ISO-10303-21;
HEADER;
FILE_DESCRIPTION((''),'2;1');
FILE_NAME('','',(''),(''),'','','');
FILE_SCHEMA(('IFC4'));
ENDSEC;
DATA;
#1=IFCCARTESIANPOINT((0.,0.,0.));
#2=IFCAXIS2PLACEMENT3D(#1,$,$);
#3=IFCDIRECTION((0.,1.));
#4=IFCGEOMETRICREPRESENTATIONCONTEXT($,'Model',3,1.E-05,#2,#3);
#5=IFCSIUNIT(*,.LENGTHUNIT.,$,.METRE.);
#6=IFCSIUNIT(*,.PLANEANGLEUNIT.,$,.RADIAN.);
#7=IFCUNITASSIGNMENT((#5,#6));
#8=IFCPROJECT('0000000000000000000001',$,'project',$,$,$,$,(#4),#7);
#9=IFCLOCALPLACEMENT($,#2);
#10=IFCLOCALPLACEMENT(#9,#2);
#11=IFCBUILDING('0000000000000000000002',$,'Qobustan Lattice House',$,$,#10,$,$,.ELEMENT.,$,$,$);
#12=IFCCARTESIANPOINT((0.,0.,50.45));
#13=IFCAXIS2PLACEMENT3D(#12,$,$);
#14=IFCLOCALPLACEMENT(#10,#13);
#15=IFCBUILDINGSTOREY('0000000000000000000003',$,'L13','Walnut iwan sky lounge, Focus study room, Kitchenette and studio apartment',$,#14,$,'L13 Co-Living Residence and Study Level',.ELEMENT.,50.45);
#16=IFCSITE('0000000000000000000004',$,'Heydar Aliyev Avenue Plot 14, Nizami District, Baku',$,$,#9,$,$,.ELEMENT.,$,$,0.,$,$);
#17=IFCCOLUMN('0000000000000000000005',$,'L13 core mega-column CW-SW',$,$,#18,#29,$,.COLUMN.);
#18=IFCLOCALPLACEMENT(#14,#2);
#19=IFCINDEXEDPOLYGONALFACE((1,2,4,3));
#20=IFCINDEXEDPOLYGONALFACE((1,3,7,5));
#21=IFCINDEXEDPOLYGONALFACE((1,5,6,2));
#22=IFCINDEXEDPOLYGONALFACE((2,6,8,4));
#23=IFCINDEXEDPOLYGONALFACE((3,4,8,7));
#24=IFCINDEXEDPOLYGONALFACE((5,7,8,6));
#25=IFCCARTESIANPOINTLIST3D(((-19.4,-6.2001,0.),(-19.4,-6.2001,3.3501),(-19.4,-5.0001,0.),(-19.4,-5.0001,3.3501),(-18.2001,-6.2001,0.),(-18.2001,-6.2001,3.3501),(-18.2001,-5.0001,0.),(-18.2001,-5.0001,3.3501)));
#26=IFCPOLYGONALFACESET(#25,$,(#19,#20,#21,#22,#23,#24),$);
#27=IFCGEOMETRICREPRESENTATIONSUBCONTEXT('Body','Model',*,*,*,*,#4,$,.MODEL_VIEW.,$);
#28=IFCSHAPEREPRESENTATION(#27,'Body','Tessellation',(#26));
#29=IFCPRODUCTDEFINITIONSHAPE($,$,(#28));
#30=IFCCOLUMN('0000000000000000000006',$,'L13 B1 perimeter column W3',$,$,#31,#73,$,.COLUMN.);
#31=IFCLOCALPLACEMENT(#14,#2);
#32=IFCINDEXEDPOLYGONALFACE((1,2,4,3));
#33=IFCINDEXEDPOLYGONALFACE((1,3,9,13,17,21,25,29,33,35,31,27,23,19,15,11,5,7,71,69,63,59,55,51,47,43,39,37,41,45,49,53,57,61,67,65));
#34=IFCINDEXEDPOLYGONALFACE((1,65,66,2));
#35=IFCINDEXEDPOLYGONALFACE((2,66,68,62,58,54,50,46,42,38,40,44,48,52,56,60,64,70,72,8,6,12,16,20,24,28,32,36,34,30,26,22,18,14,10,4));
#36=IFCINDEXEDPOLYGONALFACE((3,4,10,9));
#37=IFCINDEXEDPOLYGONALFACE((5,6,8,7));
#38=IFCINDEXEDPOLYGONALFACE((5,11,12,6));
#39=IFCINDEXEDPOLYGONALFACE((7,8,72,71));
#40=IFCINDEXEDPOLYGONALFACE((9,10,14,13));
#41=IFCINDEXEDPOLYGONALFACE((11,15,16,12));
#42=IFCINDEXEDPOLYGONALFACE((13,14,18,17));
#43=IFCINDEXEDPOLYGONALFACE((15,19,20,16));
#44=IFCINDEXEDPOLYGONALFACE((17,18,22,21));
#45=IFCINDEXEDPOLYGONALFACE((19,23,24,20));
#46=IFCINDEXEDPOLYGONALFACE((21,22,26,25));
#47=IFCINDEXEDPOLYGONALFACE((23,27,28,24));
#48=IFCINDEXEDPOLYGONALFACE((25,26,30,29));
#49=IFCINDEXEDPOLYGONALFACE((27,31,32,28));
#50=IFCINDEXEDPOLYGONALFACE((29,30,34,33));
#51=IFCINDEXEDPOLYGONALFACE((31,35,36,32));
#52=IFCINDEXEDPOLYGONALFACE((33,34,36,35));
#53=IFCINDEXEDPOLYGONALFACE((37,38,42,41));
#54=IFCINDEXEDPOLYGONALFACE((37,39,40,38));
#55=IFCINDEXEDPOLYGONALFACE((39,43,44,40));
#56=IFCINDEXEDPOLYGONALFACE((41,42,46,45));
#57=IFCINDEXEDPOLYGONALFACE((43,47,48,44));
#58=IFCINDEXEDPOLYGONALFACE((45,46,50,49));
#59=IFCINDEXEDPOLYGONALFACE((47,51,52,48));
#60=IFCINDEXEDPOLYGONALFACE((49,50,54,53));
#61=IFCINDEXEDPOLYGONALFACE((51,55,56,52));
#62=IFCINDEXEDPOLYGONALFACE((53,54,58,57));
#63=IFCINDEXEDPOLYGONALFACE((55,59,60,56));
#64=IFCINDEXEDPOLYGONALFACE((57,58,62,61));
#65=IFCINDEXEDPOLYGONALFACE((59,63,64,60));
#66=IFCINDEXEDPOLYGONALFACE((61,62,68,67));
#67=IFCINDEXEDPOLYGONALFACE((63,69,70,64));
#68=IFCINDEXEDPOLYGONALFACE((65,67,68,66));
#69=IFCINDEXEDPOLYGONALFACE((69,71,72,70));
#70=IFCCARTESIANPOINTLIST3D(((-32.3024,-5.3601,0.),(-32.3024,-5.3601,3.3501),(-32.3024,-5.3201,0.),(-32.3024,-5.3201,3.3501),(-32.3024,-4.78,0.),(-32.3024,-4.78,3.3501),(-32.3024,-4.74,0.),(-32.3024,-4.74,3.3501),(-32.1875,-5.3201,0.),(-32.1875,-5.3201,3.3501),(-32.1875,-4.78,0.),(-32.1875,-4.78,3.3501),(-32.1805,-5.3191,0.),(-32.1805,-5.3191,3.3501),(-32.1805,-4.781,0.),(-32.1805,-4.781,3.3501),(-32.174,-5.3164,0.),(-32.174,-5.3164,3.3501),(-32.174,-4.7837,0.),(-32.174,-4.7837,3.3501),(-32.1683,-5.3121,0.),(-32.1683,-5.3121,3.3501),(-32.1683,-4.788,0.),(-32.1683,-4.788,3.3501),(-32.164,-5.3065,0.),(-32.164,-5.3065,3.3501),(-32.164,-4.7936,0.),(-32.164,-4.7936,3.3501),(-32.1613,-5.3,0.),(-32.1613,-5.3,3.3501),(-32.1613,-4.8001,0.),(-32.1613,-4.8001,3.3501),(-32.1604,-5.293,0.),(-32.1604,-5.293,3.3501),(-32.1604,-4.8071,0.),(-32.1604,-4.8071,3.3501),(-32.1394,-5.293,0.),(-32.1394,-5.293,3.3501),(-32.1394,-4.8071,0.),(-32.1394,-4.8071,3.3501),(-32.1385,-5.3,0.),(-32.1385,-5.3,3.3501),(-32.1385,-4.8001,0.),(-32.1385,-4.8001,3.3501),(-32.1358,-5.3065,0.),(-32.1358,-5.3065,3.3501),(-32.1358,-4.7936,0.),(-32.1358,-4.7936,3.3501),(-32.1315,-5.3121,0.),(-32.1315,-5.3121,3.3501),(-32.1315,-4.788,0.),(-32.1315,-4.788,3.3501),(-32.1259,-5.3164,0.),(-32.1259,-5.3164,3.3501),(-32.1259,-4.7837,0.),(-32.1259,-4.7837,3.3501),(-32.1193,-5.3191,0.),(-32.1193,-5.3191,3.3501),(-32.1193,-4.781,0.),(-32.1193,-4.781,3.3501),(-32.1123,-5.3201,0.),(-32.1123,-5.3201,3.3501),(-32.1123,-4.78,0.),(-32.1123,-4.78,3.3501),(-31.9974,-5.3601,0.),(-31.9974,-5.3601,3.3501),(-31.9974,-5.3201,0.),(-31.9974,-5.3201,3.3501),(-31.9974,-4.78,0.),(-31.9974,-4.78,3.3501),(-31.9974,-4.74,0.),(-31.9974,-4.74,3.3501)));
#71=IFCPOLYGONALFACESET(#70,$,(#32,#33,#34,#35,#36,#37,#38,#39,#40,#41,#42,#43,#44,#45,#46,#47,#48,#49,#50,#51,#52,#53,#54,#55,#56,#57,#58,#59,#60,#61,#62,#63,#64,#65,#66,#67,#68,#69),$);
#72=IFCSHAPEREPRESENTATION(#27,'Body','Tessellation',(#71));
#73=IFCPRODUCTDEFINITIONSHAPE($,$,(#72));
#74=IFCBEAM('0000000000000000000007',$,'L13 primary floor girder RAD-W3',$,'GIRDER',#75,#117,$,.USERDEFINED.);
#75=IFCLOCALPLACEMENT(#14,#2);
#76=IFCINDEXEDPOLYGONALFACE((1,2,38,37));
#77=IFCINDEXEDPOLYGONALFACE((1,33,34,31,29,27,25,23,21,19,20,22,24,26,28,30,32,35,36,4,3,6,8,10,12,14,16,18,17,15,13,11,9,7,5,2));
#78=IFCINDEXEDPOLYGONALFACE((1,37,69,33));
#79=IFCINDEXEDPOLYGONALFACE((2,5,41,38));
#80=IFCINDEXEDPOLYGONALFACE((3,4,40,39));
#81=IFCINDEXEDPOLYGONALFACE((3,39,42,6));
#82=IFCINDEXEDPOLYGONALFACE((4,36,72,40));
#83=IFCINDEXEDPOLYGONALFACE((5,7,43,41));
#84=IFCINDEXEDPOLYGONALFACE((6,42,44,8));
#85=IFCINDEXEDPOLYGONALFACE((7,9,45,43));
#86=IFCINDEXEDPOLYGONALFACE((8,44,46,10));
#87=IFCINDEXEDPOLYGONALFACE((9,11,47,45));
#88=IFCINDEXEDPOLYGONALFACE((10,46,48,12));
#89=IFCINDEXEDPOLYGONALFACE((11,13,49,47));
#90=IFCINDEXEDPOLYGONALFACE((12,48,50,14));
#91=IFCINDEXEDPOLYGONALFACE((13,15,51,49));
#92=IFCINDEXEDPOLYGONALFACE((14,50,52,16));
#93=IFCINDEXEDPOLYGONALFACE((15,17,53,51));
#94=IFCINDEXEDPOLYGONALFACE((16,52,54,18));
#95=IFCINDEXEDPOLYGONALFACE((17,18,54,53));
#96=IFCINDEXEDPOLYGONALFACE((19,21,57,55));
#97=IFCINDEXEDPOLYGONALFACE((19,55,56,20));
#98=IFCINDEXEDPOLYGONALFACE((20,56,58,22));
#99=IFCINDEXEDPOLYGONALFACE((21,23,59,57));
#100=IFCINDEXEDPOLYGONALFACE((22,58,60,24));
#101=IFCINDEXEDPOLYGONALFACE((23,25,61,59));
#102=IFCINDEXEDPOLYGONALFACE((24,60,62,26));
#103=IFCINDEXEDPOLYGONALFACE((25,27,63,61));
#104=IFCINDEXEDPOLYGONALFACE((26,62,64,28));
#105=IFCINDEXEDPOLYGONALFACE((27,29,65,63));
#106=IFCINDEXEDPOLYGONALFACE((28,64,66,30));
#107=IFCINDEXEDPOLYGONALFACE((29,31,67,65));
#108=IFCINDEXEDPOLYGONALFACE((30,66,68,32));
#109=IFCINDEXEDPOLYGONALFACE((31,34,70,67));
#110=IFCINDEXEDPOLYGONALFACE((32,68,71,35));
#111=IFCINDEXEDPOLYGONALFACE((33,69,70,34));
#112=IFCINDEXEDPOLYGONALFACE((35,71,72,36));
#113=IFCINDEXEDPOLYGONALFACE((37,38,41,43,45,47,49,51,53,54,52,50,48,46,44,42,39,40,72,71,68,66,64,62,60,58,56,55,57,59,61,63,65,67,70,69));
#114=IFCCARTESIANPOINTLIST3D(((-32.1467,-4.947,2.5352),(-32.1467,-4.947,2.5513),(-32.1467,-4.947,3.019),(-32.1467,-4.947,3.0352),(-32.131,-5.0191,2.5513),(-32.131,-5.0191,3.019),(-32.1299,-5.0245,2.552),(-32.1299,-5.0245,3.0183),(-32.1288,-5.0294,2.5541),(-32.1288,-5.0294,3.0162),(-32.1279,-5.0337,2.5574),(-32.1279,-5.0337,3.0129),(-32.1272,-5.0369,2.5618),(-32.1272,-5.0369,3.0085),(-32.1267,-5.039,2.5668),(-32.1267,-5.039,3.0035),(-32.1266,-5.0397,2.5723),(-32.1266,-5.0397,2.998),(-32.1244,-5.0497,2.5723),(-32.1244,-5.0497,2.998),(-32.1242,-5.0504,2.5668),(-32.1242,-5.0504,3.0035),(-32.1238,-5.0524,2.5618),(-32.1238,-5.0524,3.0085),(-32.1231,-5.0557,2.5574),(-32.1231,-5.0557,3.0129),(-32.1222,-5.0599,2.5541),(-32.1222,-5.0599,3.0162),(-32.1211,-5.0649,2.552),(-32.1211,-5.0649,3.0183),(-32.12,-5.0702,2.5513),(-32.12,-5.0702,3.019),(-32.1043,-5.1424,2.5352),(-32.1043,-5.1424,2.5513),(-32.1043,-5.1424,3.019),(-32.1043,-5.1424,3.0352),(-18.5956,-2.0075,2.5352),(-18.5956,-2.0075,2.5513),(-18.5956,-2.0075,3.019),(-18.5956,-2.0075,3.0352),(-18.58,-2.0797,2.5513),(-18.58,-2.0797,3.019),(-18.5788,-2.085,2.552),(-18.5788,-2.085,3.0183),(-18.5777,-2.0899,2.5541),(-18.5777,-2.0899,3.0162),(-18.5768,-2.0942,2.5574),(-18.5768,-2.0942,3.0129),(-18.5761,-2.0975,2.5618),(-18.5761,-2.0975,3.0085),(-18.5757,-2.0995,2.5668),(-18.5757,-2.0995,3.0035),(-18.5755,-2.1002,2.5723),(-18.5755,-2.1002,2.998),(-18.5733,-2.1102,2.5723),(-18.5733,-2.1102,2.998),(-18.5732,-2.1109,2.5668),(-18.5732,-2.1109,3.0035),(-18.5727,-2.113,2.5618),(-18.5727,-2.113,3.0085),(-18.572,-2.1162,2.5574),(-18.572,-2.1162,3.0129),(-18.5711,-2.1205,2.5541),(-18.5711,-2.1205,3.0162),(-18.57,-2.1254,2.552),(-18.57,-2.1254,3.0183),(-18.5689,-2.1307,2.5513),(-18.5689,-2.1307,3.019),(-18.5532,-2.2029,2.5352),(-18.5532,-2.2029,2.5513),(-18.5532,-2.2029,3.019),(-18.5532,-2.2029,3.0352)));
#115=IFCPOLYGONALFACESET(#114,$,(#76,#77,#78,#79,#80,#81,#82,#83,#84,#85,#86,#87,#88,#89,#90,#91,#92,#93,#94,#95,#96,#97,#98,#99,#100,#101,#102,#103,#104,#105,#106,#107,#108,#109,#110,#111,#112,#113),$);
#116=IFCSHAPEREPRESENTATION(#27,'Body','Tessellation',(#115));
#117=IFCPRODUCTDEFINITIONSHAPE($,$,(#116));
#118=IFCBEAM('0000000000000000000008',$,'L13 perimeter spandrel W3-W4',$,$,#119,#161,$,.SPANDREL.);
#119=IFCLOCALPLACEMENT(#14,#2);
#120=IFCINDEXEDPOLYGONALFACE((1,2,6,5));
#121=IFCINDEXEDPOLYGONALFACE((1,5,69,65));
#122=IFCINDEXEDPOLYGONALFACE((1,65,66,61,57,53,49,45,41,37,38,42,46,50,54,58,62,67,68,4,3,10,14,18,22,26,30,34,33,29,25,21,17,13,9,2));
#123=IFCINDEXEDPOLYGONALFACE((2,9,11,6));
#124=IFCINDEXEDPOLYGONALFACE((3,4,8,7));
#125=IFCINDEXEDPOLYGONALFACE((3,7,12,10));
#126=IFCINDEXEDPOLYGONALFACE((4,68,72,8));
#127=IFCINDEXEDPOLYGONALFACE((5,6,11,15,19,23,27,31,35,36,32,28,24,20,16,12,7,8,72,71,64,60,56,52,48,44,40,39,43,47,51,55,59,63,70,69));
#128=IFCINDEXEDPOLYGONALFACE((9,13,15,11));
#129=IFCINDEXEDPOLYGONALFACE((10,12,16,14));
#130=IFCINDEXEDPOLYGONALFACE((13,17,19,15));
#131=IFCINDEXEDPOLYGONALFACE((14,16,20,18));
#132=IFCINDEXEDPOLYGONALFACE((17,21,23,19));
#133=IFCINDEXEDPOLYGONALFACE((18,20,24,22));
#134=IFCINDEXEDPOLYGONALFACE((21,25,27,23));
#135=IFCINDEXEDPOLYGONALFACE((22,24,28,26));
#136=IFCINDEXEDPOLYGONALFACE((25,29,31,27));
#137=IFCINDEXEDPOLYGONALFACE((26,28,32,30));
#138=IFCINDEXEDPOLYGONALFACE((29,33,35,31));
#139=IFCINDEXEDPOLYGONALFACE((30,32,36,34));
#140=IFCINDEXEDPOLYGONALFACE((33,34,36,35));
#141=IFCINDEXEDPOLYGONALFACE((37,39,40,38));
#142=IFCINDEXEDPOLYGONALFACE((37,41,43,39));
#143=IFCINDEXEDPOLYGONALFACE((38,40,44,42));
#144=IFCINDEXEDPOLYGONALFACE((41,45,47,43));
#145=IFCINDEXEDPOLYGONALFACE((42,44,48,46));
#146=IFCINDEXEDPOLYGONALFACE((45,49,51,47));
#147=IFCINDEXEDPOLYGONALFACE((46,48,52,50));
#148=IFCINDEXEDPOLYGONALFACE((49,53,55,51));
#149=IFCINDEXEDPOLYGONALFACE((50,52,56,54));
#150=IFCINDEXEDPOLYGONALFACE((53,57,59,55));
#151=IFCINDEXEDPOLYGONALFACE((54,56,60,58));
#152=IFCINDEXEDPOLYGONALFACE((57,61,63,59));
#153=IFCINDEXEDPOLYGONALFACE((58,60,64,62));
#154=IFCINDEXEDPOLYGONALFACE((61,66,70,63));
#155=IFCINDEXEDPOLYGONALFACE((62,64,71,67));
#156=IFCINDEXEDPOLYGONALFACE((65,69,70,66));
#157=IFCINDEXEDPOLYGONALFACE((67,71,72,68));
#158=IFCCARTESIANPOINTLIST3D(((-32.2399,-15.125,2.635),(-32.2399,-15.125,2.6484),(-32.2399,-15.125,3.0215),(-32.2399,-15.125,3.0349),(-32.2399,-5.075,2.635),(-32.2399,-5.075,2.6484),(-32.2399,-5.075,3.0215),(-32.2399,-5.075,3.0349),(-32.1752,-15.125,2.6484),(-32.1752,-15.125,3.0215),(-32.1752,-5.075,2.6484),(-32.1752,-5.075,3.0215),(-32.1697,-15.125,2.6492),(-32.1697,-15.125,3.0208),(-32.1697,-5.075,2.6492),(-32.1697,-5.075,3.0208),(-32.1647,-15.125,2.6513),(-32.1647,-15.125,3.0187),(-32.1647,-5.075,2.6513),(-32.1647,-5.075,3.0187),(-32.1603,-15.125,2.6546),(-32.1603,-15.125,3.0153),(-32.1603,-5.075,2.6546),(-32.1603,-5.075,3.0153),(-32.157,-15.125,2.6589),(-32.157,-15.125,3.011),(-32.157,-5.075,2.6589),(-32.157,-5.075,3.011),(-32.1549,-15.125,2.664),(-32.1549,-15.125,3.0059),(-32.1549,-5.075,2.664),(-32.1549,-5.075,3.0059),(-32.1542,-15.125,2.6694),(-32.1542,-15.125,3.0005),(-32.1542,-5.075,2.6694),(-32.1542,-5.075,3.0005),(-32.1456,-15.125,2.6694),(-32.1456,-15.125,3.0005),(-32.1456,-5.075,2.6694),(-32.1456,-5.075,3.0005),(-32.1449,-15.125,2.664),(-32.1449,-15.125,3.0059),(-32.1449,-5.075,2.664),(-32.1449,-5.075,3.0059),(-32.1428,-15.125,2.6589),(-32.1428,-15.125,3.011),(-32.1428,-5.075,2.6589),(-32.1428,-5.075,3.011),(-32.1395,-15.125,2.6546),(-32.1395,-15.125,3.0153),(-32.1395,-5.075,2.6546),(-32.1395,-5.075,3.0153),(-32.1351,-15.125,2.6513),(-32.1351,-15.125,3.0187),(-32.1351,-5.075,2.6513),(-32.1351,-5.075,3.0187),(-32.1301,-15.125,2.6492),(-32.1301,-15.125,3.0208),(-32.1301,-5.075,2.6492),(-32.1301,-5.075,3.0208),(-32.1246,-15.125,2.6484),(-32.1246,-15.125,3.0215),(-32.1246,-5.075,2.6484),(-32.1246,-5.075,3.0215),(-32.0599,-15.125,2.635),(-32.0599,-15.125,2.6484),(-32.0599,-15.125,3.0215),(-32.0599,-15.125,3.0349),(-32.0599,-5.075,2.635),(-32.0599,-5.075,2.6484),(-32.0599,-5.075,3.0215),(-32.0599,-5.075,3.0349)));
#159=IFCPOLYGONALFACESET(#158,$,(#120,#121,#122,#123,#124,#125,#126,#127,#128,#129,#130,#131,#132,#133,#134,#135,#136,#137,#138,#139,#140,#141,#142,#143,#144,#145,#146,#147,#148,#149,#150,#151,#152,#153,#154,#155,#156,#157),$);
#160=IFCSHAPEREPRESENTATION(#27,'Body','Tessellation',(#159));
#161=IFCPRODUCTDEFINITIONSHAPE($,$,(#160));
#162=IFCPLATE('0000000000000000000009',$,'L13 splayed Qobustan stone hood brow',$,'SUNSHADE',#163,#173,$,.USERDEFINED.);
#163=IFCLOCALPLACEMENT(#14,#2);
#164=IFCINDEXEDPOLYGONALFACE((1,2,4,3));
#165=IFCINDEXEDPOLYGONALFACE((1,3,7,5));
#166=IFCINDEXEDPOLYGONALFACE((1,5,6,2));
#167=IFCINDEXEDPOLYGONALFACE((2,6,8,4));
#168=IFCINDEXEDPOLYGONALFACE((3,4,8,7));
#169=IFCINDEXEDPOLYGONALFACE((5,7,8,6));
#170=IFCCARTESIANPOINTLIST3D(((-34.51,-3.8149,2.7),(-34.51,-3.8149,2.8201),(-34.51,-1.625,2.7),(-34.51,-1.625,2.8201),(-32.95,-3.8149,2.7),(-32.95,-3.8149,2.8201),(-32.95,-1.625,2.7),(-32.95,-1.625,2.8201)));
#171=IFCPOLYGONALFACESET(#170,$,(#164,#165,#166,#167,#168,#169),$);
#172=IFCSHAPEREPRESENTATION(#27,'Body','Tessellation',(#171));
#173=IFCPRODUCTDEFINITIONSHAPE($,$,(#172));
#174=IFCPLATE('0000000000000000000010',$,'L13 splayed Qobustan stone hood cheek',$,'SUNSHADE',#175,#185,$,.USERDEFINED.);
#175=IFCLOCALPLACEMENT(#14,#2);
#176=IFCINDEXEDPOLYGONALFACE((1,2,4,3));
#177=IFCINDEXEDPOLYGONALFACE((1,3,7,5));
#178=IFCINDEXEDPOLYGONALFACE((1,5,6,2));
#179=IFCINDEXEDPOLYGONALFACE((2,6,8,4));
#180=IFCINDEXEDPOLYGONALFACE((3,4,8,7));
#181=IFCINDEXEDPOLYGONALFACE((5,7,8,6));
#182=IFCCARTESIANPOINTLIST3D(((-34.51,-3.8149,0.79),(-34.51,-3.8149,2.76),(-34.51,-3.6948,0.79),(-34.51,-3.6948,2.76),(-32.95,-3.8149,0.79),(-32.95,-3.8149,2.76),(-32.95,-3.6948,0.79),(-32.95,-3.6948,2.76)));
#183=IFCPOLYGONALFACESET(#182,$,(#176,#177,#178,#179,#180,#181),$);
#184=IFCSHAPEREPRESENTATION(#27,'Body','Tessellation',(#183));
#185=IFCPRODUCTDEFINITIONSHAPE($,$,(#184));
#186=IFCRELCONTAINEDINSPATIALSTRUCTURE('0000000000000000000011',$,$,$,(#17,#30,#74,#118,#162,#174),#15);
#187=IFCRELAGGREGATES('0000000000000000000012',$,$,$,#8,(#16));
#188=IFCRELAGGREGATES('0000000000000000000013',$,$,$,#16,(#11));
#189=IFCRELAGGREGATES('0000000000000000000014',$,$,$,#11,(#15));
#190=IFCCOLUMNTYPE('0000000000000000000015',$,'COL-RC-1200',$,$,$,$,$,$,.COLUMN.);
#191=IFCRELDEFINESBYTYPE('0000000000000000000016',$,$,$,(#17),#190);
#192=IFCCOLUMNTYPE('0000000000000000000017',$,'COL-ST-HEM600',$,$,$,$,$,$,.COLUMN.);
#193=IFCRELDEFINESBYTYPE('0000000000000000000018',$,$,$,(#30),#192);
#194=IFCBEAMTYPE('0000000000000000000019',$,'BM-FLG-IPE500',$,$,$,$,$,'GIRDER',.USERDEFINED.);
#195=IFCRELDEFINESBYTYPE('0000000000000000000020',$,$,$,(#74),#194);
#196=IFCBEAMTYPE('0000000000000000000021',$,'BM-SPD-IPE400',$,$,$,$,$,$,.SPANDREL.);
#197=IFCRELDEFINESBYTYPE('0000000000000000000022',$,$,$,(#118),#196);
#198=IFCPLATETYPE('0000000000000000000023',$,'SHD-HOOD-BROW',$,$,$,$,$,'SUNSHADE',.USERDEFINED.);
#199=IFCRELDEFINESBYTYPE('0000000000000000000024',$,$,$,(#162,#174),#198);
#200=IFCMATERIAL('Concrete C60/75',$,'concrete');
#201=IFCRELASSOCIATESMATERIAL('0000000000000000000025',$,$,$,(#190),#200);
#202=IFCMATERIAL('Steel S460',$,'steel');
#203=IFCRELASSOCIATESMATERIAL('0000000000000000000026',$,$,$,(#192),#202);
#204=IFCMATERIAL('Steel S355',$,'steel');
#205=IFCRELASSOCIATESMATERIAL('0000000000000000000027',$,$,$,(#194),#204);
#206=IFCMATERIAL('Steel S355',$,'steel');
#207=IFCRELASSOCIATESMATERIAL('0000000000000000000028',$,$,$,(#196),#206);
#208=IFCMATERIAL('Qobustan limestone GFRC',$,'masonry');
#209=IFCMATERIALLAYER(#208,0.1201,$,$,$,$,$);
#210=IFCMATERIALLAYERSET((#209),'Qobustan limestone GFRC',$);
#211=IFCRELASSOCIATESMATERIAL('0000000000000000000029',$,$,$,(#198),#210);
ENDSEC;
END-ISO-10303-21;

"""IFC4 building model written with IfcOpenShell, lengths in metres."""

from ifc_helpers import new_model, si_unit, direction, frame, origin, origin_2d, place, context, subcontext, project, spatial, rectangle, i_section, extrude, material, layer, layer_set, material_profile, profile_set, type_object, element, save


model = new_model("IFC4")

# Units and contexts
model_context = context("Model", 3, precision=1e-05, world=origin(), true_north=direction((0.0, 1.0)))
body_context = subcontext(model_context, "Body", "Model", "MODEL_VIEW")
ifc_project = project(units=[si_unit("LENGTHUNIT", "METRE"), si_unit("PLANEANGLEUNIT", "RADIAN")], contexts=[model_context])

# Site, building, storey
site_placement = place(None, origin())
site = spatial("IfcSite", under=ifc_project, at=site_placement, Name="Heydar Aliyev Avenue Plot 14, Nizami District, Baku", CompositionType="ELEMENT", RefElevation=0.0)
building_placement = place(site_placement, origin())
building = spatial("IfcBuilding", under=site, at=building_placement, Name="Qobustan Lattice House", CompositionType="ELEMENT")
storey_placement = place(building_placement, frame((0.0, 0.0, 50.45)))
storey = spatial("IfcBuildingStorey", under=building, at=storey_placement, Name="L13", Description="Walnut iwan sky lounge, Focus study room, Kitchenette and studio apartment", LongName="L13 Co-Living Residence and Study Level", CompositionType="ELEMENT", Elevation=50.45)

# Columns
ifc_material_1 = material(Name="Concrete C60/75", Category="concrete")
ifc_material_profile_1 = material_profile(ifc_material_1, rectangle(XDim=1.2, YDim=1.2, at=origin_2d()), Name="RC1200x1200")
ifc_profile_set_1 = profile_set([ifc_material_profile_1], Name="Concrete C60/75")
column_type_1 = type_object("IfcColumnType", Name="COL-RC-1200", PredefinedType="COLUMN", material=ifc_profile_set_1)
column_1_placement = place(storey_placement, frame((-18.8, -5.6001, 0.0), z_axis=(0.0, 0.0, 1.0), x_axis=(1.0, 0.0, 0.0)))
element("IfcColumn", 1, at=column_1_placement, inside=storey, type_object=column_type_1, Name="L13 core mega-column CW-SW", PredefinedType="COLUMN", context=body_context, shape_type="SweptSolid", body=[
    extrude(rectangle(XDim=1.2, YDim=1.2, at=origin_2d()), origin(), (0.0, 0.0, 1.0), 3.3501),
])
ifc_material_2 = material(Name="Steel S460", Category="steel")
ifc_material_profile_2 = material_profile(ifc_material_2, i_section(OverallWidth=0.3049, OverallDepth=0.6201, WebThickness=0.021, FlangeThickness=0.04, FilletRadius=0.0271, at=origin_2d()), Name="HEM600")
ifc_profile_set_2 = profile_set([ifc_material_profile_2], Name="Steel S460")
column_type_2 = type_object("IfcColumnType", Name="COL-ST-HEM600", PredefinedType="COLUMN", material=ifc_profile_set_2)
column_2_placement = place(storey_placement, frame((-32.1499, -5.05, 0.0), z_axis=(0.0, 0.0, 1.0), x_axis=(1.0, 0.0, 0.0)))
element("IfcColumn", 2, at=column_2_placement, inside=storey, type_object=column_type_2, Name="L13 B1 perimeter column W3", PredefinedType="COLUMN", context=body_context, shape_type="SweptSolid", body=[
    extrude(i_section(OverallWidth=0.3049, OverallDepth=0.6201, WebThickness=0.021, FlangeThickness=0.04, FilletRadius=0.0271, at=origin_2d()), origin(), (0.0, 0.0, 1.0), 3.3501),
])

# Beams
ifc_material_3 = material(Name="Steel S355", Category="steel")
ifc_material_profile_3 = material_profile(ifc_material_3, i_section(OverallWidth=0.2, OverallDepth=0.5, WebThickness=0.0103, FlangeThickness=0.0161, FilletRadius=0.021, at=origin_2d()), Name="IPE500")
ifc_profile_set_3 = profile_set([ifc_material_profile_3], Name="Steel S355")
beam_type_1 = type_object("IfcBeamType", Name="BM-FLG-IPE500", ElementType="GIRDER", PredefinedType="USERDEFINED", material=ifc_profile_set_3)
beam_1_placement = place(storey_placement, frame((-32.1255, -5.0447, 2.7852), z_axis=(0.977272, 0.211987, 0.0), x_axis=(-0.211987, 0.977272, 0.0)))
element("IfcBeam", 3, at=beam_1_placement, inside=storey, type_object=beam_type_1, Name="L13 primary floor girder RAD-W3", ObjectType="GIRDER", PredefinedType="USERDEFINED", context=body_context, shape_type="SweptSolid", body=[
    extrude(i_section(OverallWidth=0.2, OverallDepth=0.5, WebThickness=0.0103, FlangeThickness=0.0161, FilletRadius=0.021, at=origin_2d()), origin(), (0.0, 0.0, 1.0), 13.8662),
])
ifc_material_4 = material(Name="Steel S355", Category="steel")
ifc_material_profile_4 = material_profile(ifc_material_4, i_section(OverallWidth=0.1799, OverallDepth=0.3999, WebThickness=0.0085, FlangeThickness=0.0134, FilletRadius=0.021, at=origin_2d()), Name="IPE400")
ifc_profile_set_4 = profile_set([ifc_material_profile_4], Name="Steel S355")
beam_type_2 = type_object("IfcBeamType", Name="BM-SPD-IPE400", PredefinedType="SPANDREL", material=ifc_profile_set_4)
beam_2_placement = place(storey_placement, frame((-32.1499, -5.075, 2.835), z_axis=(0.0, -1.0, 0.0), x_axis=(1.0, 0.0, 0.0)))
element("IfcBeam", 4, at=beam_2_placement, inside=storey, type_object=beam_type_2, Name="L13 perimeter spandrel W3-W4", PredefinedType="SPANDREL", context=body_context, shape_type="SweptSolid", body=[
    extrude(i_section(OverallWidth=0.1799, OverallDepth=0.3999, WebThickness=0.0085, FlangeThickness=0.0134, FilletRadius=0.021, at=origin_2d()), origin(), (0.0, 0.0, 1.0), 10.05),
])

# Plates
ifc_material_5 = material(Name="Qobustan limestone GFRC", Category="masonry")
ifc_layer_1 = layer(ifc_material_5, 0.1201)
ifc_layer_set_1 = layer_set([ifc_layer_1], Name="Qobustan limestone GFRC")
plate_type = type_object("IfcPlateType", Name="SHD-HOOD-BROW", ElementType="SUNSHADE", PredefinedType="USERDEFINED", material=ifc_layer_set_1)
plate_1_placement = place(storey_placement, frame((-33.73, -2.72, 2.7), z_axis=(0.0, 0.0, 1.0), x_axis=(0.0, 1.0, 0.0)))
element("IfcPlate", 5, at=plate_1_placement, inside=storey, type_object=plate_type, Name="L13 splayed Qobustan stone hood brow", ObjectType="SUNSHADE", PredefinedType="USERDEFINED", context=body_context, shape_type="SweptSolid", body=[
    extrude(rectangle(XDim=2.1899, YDim=1.5601, at=origin_2d()), origin(), (0.0, 0.0, 1.0), 0.1201),
])
plate_2_placement = place(storey_placement, frame((-33.73, -3.7549, 0.79), z_axis=(0.0, 0.0, 1.0), x_axis=(0.0, 1.0, 0.0)))
element("IfcPlate", 6, at=plate_2_placement, inside=storey, type_object=plate_type, Name="L13 splayed Qobustan stone hood cheek", ObjectType="SUNSHADE", PredefinedType="USERDEFINED", context=body_context, shape_type="SweptSolid", body=[
    extrude(rectangle(XDim=0.1201, YDim=1.5601, at=origin_2d()), origin(), (0.0, 0.0, 1.0), 1.97),
])

save(model, "model.ifc")
